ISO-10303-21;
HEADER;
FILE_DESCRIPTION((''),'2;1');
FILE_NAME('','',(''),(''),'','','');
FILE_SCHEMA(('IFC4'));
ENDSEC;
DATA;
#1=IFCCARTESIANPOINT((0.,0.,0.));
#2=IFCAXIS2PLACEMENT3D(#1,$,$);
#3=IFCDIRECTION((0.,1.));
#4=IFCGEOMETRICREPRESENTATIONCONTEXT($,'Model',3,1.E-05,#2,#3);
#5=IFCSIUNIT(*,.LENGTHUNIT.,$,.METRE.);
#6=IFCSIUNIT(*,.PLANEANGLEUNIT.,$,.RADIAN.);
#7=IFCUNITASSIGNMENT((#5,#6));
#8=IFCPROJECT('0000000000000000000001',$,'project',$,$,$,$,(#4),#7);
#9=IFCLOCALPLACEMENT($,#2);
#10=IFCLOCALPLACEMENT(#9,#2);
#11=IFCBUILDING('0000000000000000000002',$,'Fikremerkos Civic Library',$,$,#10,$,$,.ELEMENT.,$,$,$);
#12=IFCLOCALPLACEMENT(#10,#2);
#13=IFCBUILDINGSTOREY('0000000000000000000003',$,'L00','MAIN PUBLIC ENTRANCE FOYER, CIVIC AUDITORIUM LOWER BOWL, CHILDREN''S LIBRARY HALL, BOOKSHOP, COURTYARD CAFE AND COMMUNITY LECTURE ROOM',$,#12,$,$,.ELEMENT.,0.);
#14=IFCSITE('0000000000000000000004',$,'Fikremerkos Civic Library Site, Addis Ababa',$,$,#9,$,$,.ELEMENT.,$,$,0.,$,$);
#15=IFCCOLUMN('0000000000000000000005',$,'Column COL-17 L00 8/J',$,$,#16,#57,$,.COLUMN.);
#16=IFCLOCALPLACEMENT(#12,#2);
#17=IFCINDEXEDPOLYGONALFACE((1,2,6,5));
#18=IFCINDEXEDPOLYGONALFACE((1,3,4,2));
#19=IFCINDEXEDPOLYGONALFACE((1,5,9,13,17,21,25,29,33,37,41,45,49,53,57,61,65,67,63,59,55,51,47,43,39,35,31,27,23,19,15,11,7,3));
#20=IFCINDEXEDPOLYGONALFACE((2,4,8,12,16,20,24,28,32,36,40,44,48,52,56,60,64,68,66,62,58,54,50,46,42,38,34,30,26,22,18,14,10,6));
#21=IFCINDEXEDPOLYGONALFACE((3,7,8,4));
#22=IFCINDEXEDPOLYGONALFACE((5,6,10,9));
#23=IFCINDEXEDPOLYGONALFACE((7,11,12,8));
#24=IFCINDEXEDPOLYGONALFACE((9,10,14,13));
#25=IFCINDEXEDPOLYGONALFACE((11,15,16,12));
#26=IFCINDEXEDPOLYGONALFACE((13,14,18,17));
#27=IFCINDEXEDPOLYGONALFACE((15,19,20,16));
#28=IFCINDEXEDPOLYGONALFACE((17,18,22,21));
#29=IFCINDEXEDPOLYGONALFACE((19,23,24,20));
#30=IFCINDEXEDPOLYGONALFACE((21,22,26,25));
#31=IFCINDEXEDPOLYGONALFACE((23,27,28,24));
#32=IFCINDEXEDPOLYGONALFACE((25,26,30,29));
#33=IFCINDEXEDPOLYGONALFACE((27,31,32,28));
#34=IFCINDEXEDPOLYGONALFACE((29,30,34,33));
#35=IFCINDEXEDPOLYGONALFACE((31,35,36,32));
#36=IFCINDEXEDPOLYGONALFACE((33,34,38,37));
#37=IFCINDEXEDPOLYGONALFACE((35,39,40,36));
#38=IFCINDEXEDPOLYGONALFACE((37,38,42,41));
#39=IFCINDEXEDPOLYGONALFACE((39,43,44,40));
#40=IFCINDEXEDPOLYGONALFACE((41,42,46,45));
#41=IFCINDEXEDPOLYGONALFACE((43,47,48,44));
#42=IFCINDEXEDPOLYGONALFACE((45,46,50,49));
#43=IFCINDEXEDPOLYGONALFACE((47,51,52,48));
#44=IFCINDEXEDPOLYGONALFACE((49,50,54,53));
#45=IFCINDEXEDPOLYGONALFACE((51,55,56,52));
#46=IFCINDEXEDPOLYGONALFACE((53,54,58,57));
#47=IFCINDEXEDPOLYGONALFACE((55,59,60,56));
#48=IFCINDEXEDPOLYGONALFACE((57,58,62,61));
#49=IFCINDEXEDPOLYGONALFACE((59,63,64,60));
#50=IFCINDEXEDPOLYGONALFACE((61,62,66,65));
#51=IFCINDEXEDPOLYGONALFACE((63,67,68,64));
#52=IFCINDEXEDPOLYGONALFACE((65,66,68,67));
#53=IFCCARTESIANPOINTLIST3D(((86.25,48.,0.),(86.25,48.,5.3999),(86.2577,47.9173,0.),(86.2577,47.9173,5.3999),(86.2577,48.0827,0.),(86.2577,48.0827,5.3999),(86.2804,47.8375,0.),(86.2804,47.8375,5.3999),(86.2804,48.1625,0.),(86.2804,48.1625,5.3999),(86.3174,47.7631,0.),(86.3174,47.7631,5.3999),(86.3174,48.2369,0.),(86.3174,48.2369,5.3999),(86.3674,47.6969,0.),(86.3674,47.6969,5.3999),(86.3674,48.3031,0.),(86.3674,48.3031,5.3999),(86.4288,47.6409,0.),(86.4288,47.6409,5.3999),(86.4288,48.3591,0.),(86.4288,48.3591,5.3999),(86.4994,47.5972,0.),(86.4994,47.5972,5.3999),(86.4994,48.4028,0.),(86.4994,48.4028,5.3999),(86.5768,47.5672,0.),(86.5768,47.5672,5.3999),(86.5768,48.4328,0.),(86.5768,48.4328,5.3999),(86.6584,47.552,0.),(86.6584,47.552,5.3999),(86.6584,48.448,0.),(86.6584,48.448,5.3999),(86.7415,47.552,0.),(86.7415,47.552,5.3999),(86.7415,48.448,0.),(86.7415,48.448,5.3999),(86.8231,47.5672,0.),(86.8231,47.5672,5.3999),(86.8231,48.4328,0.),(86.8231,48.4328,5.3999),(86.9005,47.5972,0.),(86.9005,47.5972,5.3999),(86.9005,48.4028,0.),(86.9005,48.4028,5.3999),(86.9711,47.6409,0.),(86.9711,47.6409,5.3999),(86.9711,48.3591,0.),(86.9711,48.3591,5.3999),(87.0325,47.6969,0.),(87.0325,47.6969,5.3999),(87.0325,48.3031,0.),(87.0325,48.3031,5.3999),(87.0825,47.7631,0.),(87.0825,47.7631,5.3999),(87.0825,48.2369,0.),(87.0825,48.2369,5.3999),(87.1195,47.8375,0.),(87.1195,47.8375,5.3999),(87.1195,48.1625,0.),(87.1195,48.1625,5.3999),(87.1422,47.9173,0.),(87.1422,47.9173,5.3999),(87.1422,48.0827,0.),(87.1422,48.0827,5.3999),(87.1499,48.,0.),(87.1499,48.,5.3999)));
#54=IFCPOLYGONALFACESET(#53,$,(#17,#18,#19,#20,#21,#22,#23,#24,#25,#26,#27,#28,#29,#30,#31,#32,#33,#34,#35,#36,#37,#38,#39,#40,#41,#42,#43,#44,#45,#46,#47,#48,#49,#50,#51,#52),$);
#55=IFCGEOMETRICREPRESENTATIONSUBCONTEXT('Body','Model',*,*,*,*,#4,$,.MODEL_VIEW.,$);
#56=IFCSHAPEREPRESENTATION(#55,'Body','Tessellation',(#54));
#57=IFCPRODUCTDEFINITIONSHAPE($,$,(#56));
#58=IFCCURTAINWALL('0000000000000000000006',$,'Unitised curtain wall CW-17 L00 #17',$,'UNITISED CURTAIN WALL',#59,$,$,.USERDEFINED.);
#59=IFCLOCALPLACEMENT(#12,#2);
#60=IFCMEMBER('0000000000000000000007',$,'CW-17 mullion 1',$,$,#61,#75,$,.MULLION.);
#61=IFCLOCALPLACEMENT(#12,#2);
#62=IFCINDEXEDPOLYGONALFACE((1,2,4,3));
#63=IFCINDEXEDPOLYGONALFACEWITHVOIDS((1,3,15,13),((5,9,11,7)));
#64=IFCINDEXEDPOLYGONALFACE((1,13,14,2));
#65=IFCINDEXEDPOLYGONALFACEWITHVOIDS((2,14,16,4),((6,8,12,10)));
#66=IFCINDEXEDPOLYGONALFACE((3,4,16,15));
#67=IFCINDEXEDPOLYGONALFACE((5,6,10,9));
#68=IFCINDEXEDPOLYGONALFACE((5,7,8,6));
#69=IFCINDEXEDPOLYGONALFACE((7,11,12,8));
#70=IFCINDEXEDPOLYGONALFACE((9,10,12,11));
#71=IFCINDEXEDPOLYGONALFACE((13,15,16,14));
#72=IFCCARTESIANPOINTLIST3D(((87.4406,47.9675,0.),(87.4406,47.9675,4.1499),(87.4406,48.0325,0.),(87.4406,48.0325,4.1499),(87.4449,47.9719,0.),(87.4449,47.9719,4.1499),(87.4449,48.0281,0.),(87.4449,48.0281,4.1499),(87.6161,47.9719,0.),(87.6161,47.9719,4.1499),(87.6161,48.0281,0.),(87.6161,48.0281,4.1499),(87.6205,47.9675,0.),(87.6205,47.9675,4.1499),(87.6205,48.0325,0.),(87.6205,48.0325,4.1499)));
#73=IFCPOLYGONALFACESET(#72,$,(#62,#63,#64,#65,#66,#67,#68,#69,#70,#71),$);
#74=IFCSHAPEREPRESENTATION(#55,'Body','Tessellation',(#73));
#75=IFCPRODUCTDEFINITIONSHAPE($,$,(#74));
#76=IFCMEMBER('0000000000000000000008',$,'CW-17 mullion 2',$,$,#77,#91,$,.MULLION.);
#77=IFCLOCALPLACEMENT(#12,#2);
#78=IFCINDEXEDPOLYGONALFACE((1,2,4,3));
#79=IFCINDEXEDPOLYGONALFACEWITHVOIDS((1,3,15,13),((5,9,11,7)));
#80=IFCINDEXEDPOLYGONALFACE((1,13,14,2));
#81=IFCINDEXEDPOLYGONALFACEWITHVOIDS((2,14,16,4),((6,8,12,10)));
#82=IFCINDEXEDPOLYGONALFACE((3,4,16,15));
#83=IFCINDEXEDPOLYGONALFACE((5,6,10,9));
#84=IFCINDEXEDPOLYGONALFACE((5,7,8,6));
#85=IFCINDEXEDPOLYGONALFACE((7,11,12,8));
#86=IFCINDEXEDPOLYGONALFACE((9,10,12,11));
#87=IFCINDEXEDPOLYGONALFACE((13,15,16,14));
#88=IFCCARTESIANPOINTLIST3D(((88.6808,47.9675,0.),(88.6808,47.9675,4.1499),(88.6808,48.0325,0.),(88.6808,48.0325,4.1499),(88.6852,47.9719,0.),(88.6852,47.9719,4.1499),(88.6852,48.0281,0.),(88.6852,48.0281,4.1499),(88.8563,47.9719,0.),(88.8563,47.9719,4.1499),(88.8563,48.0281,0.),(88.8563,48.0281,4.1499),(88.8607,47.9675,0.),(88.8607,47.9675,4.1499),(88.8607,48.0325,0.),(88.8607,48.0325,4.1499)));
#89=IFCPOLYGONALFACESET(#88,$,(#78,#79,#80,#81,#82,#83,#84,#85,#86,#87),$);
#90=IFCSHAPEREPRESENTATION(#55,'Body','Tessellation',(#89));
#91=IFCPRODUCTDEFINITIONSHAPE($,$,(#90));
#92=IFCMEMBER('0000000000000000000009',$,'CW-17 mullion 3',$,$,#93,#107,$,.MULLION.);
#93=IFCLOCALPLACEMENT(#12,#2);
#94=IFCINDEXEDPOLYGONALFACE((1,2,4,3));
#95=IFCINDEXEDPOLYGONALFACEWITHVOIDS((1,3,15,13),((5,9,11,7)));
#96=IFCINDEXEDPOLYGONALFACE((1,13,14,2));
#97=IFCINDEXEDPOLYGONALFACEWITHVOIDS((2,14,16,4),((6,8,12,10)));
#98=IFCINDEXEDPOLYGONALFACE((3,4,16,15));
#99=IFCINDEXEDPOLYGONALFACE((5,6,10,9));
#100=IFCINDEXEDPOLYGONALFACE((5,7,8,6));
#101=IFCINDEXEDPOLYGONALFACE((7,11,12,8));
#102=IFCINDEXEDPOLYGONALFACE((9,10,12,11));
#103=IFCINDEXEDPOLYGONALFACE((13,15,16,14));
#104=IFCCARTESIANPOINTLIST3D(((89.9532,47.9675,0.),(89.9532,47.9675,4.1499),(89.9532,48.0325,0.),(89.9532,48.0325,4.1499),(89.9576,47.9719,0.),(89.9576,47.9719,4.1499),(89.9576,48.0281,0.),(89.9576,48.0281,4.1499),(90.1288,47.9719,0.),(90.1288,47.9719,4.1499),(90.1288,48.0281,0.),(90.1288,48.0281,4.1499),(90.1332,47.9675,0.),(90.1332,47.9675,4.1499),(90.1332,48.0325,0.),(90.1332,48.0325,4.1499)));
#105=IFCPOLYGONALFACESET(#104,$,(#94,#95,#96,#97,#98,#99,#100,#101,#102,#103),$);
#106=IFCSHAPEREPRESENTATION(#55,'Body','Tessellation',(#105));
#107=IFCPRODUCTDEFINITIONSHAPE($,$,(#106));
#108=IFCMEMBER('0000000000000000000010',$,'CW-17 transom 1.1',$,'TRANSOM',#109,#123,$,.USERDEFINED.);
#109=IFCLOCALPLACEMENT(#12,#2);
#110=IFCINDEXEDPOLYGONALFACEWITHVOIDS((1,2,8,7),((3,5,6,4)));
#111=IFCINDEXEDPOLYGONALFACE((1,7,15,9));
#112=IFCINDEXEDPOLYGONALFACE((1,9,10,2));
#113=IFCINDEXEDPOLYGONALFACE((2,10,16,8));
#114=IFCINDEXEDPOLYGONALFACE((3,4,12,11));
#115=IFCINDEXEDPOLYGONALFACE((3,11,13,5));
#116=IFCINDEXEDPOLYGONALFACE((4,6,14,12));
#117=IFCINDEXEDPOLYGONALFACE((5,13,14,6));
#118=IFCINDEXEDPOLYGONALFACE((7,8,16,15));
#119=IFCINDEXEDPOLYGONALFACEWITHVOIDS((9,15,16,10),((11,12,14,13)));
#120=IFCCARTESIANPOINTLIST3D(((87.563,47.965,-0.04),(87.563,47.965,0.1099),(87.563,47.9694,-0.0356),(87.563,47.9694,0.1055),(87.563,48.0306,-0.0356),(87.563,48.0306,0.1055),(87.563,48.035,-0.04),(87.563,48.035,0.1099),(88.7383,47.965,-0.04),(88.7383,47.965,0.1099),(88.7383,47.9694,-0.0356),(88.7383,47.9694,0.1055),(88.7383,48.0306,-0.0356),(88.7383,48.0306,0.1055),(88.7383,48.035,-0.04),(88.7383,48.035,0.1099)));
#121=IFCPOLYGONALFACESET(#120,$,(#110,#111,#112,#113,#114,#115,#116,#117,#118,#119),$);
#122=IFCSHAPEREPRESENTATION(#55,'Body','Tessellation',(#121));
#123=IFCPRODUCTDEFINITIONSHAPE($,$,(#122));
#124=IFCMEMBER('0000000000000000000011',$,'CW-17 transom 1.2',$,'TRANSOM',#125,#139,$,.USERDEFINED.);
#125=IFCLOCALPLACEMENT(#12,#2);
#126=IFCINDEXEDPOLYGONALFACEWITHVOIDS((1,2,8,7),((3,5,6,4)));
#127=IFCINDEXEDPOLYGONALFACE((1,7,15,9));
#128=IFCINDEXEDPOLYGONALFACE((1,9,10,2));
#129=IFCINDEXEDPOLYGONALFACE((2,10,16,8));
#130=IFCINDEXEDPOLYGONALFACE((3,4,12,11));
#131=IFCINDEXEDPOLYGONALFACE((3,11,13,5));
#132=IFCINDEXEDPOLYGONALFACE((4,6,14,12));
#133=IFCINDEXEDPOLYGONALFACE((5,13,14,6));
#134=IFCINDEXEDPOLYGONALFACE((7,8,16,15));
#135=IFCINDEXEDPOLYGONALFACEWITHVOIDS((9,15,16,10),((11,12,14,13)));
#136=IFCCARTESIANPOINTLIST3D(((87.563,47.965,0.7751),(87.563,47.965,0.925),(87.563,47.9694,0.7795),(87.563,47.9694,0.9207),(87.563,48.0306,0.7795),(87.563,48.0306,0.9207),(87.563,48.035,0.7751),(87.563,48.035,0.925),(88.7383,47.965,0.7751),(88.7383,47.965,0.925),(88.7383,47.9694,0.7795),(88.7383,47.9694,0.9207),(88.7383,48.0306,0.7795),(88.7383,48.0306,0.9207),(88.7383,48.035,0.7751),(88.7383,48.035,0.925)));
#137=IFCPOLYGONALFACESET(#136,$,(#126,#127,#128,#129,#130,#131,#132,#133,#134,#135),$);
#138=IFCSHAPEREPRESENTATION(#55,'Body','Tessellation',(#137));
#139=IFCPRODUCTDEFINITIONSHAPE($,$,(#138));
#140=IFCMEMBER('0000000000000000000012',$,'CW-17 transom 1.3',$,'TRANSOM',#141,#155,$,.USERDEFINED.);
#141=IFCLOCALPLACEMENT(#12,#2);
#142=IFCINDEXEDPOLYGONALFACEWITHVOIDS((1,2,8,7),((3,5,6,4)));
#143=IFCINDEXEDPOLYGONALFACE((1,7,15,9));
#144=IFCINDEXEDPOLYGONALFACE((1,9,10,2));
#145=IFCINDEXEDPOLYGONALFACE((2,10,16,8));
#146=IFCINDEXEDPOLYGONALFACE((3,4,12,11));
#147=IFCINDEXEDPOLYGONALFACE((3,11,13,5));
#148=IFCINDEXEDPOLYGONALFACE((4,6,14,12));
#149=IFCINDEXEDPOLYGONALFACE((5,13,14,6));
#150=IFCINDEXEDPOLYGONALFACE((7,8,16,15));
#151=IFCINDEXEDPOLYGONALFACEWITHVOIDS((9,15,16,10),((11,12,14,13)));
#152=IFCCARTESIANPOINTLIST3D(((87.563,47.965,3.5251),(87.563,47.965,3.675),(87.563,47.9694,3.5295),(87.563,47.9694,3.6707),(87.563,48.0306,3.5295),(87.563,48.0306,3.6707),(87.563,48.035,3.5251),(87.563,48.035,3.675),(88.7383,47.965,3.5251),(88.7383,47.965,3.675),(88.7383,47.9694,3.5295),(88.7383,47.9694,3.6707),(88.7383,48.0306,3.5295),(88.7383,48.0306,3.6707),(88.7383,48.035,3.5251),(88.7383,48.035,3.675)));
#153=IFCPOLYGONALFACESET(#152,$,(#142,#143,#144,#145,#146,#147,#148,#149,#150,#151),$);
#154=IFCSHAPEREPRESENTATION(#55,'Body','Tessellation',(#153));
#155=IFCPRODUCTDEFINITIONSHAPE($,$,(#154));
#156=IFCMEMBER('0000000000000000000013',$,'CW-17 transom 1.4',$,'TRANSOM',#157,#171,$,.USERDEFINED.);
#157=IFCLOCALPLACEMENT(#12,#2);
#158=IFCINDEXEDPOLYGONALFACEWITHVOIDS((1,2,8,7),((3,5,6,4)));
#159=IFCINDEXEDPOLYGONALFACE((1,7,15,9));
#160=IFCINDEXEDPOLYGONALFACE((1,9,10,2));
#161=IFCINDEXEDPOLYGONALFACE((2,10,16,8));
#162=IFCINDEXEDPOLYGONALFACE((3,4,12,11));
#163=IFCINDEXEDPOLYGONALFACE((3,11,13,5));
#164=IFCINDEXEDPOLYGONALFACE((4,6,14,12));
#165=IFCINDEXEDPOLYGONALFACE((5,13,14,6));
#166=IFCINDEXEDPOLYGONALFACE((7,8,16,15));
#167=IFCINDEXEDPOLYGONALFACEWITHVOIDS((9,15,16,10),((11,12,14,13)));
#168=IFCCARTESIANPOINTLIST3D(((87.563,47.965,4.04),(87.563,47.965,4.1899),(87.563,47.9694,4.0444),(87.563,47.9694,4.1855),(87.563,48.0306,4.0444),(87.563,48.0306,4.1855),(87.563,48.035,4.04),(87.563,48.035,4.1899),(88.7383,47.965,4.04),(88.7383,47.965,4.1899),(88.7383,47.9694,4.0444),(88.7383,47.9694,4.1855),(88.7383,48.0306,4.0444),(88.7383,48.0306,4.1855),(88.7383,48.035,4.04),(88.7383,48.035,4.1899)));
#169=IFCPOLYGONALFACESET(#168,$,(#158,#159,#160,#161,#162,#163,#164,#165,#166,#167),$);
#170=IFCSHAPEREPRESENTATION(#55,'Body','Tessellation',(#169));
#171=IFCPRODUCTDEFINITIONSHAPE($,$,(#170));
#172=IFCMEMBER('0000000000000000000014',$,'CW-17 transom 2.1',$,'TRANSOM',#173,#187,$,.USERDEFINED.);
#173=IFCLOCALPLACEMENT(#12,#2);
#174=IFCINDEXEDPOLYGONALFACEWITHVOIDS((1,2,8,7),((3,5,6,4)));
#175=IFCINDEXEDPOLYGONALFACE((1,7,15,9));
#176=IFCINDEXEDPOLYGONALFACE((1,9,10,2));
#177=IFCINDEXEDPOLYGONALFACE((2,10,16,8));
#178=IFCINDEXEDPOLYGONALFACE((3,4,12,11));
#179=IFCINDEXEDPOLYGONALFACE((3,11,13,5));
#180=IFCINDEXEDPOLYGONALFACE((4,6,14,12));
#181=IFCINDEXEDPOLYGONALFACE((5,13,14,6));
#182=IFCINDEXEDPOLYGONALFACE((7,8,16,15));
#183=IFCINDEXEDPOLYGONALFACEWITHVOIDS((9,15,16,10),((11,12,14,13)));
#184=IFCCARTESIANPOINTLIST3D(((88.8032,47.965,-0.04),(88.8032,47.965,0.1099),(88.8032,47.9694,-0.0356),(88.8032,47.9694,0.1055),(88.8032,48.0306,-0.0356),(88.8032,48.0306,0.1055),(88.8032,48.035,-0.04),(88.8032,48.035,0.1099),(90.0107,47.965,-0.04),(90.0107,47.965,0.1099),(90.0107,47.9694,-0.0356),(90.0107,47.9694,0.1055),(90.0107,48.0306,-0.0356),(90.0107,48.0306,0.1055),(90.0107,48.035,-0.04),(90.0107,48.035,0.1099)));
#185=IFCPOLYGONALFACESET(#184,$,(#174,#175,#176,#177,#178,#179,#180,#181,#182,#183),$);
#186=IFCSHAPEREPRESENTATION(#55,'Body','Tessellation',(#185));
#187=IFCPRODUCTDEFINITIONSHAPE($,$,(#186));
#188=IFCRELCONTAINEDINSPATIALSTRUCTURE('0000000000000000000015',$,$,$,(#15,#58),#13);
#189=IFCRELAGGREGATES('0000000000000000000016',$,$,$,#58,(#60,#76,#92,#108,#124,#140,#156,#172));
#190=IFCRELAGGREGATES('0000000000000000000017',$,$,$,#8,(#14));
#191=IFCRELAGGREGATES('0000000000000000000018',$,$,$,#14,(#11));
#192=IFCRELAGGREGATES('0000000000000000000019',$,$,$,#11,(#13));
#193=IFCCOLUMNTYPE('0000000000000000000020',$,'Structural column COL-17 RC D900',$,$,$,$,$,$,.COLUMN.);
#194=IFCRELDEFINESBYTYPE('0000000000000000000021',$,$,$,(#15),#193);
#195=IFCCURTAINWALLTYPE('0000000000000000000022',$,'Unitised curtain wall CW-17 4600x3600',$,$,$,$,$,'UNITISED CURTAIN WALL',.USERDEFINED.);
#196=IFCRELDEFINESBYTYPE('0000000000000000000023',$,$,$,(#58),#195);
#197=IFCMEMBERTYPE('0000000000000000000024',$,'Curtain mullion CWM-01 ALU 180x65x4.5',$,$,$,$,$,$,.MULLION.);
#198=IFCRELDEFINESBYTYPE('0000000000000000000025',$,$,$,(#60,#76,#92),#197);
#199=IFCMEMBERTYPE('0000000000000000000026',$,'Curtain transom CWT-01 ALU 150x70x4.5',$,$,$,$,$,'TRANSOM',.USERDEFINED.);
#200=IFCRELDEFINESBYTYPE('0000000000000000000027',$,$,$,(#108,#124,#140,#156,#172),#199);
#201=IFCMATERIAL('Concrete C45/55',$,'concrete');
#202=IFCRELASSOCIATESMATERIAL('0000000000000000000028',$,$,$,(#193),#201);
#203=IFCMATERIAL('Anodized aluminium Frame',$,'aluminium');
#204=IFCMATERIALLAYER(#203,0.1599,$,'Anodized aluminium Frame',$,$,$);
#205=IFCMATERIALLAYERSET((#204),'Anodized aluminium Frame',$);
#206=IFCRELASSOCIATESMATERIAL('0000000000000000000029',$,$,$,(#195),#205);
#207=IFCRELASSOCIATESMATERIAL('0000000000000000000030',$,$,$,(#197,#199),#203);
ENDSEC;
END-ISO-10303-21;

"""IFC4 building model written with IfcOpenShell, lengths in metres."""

from ifc_helpers import new_model, si_unit, direction, frame, origin, origin_2d, place, context, subcontext, project, spatial, hollow_rectangle, circle, extrude, material, layer, layer_set, material_profile, profile_set, type_object, element, aggregate, save


model = new_model("IFC4")

# Units and contexts
model_context = context("Model", 3, precision=1e-05, world=origin(), true_north=direction((0.0, 1.0)))
body_context = subcontext(model_context, "Body", "Model", "MODEL_VIEW")
ifc_project = project(units=[si_unit("LENGTHUNIT", "METRE"), si_unit("PLANEANGLEUNIT", "RADIAN")], contexts=[model_context])

# Site, building, storey
site_placement = place(None, origin())
site = spatial("IfcSite", under=ifc_project, at=site_placement, Name="Fikremerkos Civic Library Site, Addis Ababa", CompositionType="ELEMENT", RefElevation=0.0)
building_placement = place(site_placement, origin())
building = spatial("IfcBuilding", under=site, at=building_placement, Name="Fikremerkos Civic Library", CompositionType="ELEMENT")
storey_placement = place(building_placement, origin())
storey = spatial("IfcBuildingStorey", under=building, at=storey_placement, Name="L00", Description="MAIN PUBLIC ENTRANCE FOYER, CIVIC AUDITORIUM LOWER BOWL, CHILDREN'S LIBRARY HALL, BOOKSHOP, COURTYARD CAFE AND COMMUNITY LECTURE ROOM", CompositionType="ELEMENT", Elevation=0.0)

# Column
ifc_material_1 = material(Name="Concrete C45/55", Category="concrete")
ifc_material_profile_1 = material_profile(ifc_material_1, circle(Radius=0.45, at=origin_2d()), Name="RC D900")
ifc_profile_set_1 = profile_set([ifc_material_profile_1], Name="Concrete C45/55")
column_type = type_object("IfcColumnType", Name="Structural column COL-17 RC D900", PredefinedType="COLUMN", material=ifc_profile_set_1)
column_placement = place(storey_placement, frame((86.7, 48.0, 0.0), z_axis=(0.0, 0.0, 1.0), x_axis=(1.0, 0.0, 0.0)))
element("IfcColumn", 1, at=column_placement, inside=storey, type_object=column_type, Name="Column COL-17 L00 8/J", PredefinedType="COLUMN", context=body_context, shape_type="SweptSolid", body=[
    extrude(circle(Radius=0.45, at=origin_2d()), origin(), (0.0, 0.0, 1.0), 5.3999),
])

# Curtain wall, members
ifc_material_2 = material(Name="Anodized aluminium Frame", Category="aluminium")
ifc_layer_1 = layer(ifc_material_2, 0.1599, Name="Anodized aluminium Frame")
ifc_layer_set_1 = layer_set([ifc_layer_1], Name="Anodized aluminium Frame")
curtain_wall_type = type_object("IfcCurtainWallType", Name="Unitised curtain wall CW-17 4600x3600", ElementType="UNITISED CURTAIN WALL", PredefinedType="USERDEFINED", material=ifc_layer_set_1)
curtain_wall_placement = place(storey_placement, origin())
curtain_wall = element("IfcCurtainWall", 2, at=curtain_wall_placement, inside=storey, type_object=curtain_wall_type, Name="Unitised curtain wall CW-17 L00 #17", ObjectType="UNITISED CURTAIN WALL", PredefinedType="USERDEFINED")
ifc_material_profile_2 = material_profile(ifc_material_2, hollow_rectangle(XDim=0.0649, YDim=0.1799, WallThickness=0.0044, at=origin_2d()), Name="ALU 180x65x4.5")
ifc_profile_set_2 = profile_set([ifc_material_profile_2], Name="Anodized aluminium Frame")
member_type_1 = type_object("IfcMemberType", Name="Curtain mullion CWM-01 ALU 180x65x4.5", PredefinedType="MULLION", material=ifc_profile_set_2)
member_1_placement = place(storey_placement, frame((87.5305, 48.0, 0.0), z_axis=(0.0, 0.0, 1.0), x_axis=(0.0, 1.0, 0.0)))
member_1 = element("IfcMember", 3, at=member_1_placement, type_object=member_type_1, Name="CW-17 mullion 1", PredefinedType="MULLION", context=body_context, shape_type="SweptSolid", body=[
    extrude(hollow_rectangle(XDim=0.0649, YDim=0.1799, WallThickness=0.0044, at=origin_2d()), origin(), (0.0, 0.0, 1.0), 4.1499),
])
member_2_placement = place(storey_placement, frame((88.7708, 48.0, 0.0), z_axis=(0.0, 0.0, 1.0), x_axis=(0.0, 1.0, 0.0)))
member_2 = element("IfcMember", 4, at=member_2_placement, type_object=member_type_1, Name="CW-17 mullion 2", PredefinedType="MULLION", context=body_context, shape_type="SweptSolid", body=[
    extrude(hollow_rectangle(XDim=0.0649, YDim=0.1799, WallThickness=0.0044, at=origin_2d()), origin(), (0.0, 0.0, 1.0), 4.1499),
])
member_3_placement = place(storey_placement, frame((90.0432, 48.0, 0.0), z_axis=(0.0, 0.0, 1.0), x_axis=(0.0, 1.0, 0.0)))
member_3 = element("IfcMember", 5, at=member_3_placement, type_object=member_type_1, Name="CW-17 mullion 3", PredefinedType="MULLION", context=body_context, shape_type="SweptSolid", body=[
    extrude(hollow_rectangle(XDim=0.0649, YDim=0.1799, WallThickness=0.0044, at=origin_2d()), origin(), (0.0, 0.0, 1.0), 4.1499),
])
ifc_material_profile_3 = material_profile(ifc_material_2, hollow_rectangle(XDim=0.0701, YDim=0.1499, WallThickness=0.0044, at=origin_2d()), Name="ALU 150x70x4.5")
ifc_profile_set_3 = profile_set([ifc_material_profile_3], Name="Anodized aluminium Frame")
member_type_2 = type_object("IfcMemberType", Name="Curtain transom CWT-01 ALU 150x70x4.5", ElementType="TRANSOM", PredefinedType="USERDEFINED", material=ifc_profile_set_3)
member_4_placement = place(storey_placement, frame((87.563, 48.0, 0.0349), z_axis=(1.0, 0.0, 0.0), x_axis=(0.0, 1.0, 0.0)))
member_4 = element("IfcMember", 6, at=member_4_placement, type_object=member_type_2, Name="CW-17 transom 1.1", ObjectType="TRANSOM", PredefinedType="USERDEFINED", context=body_context, shape_type="SweptSolid", body=[
    extrude(hollow_rectangle(XDim=0.0701, YDim=0.1499, WallThickness=0.0044, at=origin_2d()), origin(), (0.0, 0.0, 1.0), 1.1753),
])
member_5_placement = place(storey_placement, frame((87.563, 48.0, 0.8501), z_axis=(1.0, 0.0, 0.0), x_axis=(0.0, 1.0, 0.0)))
member_5 = element("IfcMember", 7, at=member_5_placement, type_object=member_type_2, Name="CW-17 transom 1.2", ObjectType="TRANSOM", PredefinedType="USERDEFINED", context=body_context, shape_type="SweptSolid", body=[
    extrude(hollow_rectangle(XDim=0.0701, YDim=0.1499, WallThickness=0.0044, at=origin_2d()), origin(), (0.0, 0.0, 1.0), 1.1753),
])
member_6_placement = place(storey_placement, frame((87.563, 48.0, 3.6001), z_axis=(1.0, 0.0, 0.0), x_axis=(0.0, 1.0, 0.0)))
member_6 = element("IfcMember", 8, at=member_6_placement, type_object=member_type_2, Name="CW-17 transom 1.3", ObjectType="TRANSOM", PredefinedType="USERDEFINED", context=body_context, shape_type="SweptSolid", body=[
    extrude(hollow_rectangle(XDim=0.0701, YDim=0.1499, WallThickness=0.0044, at=origin_2d()), origin(), (0.0, 0.0, 1.0), 1.1753),
])
member_7_placement = place(storey_placement, frame((87.563, 48.0, 4.115), z_axis=(1.0, 0.0, 0.0), x_axis=(0.0, 1.0, 0.0)))
member_7 = element("IfcMember", 9, at=member_7_placement, type_object=member_type_2, Name="CW-17 transom 1.4", ObjectType="TRANSOM", PredefinedType="USERDEFINED", context=body_context, shape_type="SweptSolid", body=[
    extrude(hollow_rectangle(XDim=0.0701, YDim=0.1499, WallThickness=0.0044, at=origin_2d()), origin(), (0.0, 0.0, 1.0), 1.1753),
])
member_8_placement = place(storey_placement, frame((88.8032, 48.0, 0.0349), z_axis=(1.0, 0.0, 0.0), x_axis=(0.0, 1.0, 0.0)))
member_8 = element("IfcMember", 10, at=member_8_placement, type_object=member_type_2, Name="CW-17 transom 2.1", ObjectType="TRANSOM", PredefinedType="USERDEFINED", context=body_context, shape_type="SweptSolid", body=[
    extrude(hollow_rectangle(XDim=0.0701, YDim=0.1499, WallThickness=0.0044, at=origin_2d()), origin(), (0.0, 0.0, 1.0), 1.2075),
])

aggregate(curtain_wall, [member_1, member_2, member_3, member_4, member_5, member_6, member_7, member_8])

save(model, "model.ifc")
